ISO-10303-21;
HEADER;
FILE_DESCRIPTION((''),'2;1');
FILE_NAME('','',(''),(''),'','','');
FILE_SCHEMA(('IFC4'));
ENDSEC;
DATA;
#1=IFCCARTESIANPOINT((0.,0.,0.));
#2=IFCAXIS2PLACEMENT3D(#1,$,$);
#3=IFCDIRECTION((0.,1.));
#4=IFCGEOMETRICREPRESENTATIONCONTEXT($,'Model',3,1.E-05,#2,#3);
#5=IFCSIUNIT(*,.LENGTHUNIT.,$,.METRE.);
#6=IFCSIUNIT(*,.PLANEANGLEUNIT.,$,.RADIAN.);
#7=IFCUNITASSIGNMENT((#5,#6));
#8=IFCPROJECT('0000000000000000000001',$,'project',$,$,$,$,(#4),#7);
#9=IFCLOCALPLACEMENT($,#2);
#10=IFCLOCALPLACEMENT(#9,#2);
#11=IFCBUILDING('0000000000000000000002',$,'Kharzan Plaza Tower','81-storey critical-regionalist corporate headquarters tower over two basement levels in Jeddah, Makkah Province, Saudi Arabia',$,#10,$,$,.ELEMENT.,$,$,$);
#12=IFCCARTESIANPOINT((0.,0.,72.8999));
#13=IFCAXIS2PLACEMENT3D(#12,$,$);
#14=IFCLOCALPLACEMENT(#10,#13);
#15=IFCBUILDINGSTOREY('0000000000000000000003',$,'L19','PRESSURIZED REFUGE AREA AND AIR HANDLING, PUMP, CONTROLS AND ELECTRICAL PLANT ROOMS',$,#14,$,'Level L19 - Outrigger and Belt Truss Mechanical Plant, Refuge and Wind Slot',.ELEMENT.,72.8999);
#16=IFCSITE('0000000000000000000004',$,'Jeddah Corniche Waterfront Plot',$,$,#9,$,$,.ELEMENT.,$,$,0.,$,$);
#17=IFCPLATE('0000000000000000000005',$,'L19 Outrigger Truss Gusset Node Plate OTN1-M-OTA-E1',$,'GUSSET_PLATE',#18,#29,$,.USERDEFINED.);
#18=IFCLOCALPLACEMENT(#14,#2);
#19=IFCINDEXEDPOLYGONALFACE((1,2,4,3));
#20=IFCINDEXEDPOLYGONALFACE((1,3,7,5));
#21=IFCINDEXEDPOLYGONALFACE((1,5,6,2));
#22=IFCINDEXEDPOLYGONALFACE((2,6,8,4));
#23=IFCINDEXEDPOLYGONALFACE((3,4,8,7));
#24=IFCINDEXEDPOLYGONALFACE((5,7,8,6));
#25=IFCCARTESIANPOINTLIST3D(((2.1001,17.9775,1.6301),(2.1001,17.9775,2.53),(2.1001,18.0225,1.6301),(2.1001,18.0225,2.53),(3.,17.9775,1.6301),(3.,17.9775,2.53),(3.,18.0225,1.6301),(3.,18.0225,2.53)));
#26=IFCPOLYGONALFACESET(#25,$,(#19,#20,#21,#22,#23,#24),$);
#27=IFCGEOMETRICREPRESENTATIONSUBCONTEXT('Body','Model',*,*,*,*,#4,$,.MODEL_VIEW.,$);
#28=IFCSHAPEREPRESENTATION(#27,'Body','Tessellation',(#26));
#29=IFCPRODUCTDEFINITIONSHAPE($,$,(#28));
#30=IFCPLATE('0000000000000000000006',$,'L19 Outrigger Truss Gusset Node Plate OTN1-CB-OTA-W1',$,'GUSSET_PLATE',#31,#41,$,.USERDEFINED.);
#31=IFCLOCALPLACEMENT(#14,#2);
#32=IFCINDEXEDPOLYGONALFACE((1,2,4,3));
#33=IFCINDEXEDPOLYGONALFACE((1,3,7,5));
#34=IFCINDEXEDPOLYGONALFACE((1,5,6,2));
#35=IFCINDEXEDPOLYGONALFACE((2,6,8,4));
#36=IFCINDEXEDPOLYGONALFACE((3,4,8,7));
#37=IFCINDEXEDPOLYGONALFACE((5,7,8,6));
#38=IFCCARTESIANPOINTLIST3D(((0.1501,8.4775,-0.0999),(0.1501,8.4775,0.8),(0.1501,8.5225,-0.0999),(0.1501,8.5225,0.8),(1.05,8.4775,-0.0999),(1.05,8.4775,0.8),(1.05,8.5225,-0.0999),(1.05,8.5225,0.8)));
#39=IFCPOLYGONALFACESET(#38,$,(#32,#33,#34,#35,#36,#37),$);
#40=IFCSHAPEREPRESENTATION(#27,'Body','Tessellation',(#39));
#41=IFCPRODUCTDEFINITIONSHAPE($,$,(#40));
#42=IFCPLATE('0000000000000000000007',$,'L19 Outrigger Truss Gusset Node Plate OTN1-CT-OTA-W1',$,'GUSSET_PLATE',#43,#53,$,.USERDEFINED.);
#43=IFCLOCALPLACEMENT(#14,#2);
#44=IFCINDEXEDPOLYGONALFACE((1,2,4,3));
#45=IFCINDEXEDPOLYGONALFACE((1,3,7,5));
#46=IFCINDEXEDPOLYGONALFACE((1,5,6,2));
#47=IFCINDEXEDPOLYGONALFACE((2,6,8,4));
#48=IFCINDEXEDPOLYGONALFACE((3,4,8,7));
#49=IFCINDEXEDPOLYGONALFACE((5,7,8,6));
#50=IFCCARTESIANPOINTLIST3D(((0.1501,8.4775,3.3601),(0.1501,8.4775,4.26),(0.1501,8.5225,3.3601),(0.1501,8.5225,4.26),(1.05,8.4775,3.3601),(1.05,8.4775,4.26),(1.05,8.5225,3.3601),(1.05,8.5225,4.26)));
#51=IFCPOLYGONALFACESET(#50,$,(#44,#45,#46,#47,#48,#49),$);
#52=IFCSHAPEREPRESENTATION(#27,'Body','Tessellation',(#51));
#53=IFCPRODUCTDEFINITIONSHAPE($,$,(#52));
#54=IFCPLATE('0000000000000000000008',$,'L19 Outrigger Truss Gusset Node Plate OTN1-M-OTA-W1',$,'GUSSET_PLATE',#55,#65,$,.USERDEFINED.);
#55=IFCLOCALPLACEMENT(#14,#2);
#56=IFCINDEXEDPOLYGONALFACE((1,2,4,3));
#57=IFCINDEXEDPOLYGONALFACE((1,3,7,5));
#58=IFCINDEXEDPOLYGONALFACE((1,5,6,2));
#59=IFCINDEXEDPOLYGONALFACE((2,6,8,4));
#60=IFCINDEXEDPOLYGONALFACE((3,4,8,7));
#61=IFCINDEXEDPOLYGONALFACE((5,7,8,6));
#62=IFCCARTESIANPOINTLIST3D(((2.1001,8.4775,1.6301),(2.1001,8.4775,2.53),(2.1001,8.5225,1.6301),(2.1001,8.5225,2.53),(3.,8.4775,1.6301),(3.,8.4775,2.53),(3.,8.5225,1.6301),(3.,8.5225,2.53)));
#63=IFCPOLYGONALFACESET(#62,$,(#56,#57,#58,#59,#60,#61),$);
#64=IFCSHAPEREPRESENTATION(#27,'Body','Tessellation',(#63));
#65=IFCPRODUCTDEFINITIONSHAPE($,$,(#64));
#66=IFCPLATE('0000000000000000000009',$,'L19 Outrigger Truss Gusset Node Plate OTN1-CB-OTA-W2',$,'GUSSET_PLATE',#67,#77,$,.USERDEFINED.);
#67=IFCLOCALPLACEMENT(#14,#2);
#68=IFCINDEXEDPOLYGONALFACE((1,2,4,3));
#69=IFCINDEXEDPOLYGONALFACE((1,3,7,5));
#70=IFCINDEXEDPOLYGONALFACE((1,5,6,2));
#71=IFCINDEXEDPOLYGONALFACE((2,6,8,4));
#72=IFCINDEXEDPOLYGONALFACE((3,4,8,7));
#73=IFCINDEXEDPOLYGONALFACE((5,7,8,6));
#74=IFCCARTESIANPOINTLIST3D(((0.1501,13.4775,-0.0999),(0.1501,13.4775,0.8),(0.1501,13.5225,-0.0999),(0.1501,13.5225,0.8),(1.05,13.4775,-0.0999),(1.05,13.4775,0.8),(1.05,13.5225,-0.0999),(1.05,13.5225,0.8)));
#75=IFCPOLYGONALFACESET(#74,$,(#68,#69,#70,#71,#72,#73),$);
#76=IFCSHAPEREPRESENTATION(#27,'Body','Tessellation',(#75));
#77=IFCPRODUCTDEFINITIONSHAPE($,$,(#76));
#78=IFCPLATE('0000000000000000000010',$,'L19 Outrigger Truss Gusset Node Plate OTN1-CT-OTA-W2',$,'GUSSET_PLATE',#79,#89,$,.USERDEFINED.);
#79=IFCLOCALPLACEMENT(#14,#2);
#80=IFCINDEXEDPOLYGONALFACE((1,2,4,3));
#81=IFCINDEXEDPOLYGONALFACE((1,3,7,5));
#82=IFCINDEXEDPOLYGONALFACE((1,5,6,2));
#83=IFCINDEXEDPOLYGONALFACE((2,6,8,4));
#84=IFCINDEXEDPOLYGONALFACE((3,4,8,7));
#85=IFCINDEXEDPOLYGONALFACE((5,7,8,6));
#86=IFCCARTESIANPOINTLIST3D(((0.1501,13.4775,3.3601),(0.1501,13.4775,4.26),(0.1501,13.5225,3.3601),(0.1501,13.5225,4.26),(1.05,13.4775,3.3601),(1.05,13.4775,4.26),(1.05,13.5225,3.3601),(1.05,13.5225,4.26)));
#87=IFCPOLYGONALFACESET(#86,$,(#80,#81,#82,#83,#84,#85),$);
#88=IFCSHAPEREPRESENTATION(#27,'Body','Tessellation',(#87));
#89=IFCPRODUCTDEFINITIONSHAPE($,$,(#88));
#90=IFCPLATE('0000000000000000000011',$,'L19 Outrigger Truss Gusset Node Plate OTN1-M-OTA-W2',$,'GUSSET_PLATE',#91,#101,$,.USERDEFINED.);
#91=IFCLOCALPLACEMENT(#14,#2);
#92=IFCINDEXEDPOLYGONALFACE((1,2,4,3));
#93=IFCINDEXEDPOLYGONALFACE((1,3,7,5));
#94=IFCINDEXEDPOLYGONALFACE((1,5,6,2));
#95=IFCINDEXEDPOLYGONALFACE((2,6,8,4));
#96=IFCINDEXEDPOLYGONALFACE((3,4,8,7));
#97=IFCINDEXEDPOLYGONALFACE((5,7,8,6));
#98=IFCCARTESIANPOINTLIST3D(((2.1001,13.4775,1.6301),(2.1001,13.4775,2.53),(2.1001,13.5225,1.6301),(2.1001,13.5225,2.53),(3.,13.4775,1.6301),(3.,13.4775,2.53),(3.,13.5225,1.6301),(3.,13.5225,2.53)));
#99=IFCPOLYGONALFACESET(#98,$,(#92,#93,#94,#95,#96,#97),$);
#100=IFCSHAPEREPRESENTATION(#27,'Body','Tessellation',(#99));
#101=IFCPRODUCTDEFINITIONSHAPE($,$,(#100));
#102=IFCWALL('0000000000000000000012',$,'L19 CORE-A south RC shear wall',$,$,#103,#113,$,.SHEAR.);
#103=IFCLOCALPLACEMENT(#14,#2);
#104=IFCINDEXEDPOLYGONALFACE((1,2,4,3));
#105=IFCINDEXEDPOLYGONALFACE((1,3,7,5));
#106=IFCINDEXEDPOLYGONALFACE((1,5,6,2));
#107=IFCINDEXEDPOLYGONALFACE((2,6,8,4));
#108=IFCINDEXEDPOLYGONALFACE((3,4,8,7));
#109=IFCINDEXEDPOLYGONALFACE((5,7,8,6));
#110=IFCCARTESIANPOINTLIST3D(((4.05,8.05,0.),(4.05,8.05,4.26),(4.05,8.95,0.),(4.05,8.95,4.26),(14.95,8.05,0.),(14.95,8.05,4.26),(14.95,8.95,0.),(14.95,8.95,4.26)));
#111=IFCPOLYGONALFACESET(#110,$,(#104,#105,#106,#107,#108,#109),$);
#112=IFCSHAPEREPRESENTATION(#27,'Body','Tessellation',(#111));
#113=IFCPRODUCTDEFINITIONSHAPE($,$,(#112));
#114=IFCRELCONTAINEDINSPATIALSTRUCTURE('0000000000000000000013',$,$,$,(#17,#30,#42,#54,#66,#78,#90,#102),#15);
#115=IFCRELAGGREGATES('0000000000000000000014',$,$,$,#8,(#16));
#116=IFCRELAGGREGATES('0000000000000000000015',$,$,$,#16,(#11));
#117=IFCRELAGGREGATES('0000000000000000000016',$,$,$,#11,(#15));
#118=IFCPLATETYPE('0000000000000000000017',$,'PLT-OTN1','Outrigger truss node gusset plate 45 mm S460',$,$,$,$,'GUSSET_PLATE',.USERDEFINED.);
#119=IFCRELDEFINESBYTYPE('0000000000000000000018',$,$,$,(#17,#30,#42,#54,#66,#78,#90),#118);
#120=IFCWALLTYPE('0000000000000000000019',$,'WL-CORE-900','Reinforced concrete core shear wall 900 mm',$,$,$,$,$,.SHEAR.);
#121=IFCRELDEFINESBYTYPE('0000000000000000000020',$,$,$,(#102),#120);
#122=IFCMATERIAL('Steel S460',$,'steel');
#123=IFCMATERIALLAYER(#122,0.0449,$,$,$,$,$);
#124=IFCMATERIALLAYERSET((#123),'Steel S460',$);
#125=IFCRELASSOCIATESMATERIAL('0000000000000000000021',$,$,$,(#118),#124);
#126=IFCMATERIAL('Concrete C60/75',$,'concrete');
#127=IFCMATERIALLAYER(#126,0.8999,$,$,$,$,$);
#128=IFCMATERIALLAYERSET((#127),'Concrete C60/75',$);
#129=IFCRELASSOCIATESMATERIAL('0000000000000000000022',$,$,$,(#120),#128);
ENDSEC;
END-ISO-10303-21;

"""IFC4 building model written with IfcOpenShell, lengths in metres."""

from ifc_helpers import new_model, si_unit, direction, frame, frame_2d, origin, origin_2d, place, context, subcontext, project, spatial, rectangle, extrude, source, transform, mapped, material, layer, layer_set, type_object, element, save


model = new_model("IFC4")

# Units and contexts
model_context = context("Model", 3, precision=1e-05, world=origin(), true_north=direction((0.0, 1.0)))
body_context = subcontext(model_context, "Body", "Model", "MODEL_VIEW")
ifc_project = project(units=[si_unit("LENGTHUNIT", "METRE"), si_unit("PLANEANGLEUNIT", "RADIAN")], contexts=[model_context])

# Site, building, storey
site_placement = place(None, origin())
site = spatial("IfcSite", under=ifc_project, at=site_placement, Name="Jeddah Corniche Waterfront Plot", CompositionType="ELEMENT", RefElevation=0.0)
building_placement = place(site_placement, origin())
building = spatial("IfcBuilding", under=site, at=building_placement, Name="Kharzan Plaza Tower", Description="81-storey critical-regionalist corporate headquarters tower over two basement levels in Jeddah, Makkah Province, Saudi Arabia", CompositionType="ELEMENT")
storey_placement = place(building_placement, frame((0.0, 0.0, 72.8999)))
storey = spatial("IfcBuildingStorey", under=building, at=storey_placement, Name="L19", Description="PRESSURIZED REFUGE AREA AND AIR HANDLING, PUMP, CONTROLS AND ELECTRICAL PLANT ROOMS", LongName="Level L19 - Outrigger and Belt Truss Mechanical Plant, Refuge and Wind Slot", CompositionType="ELEMENT", Elevation=72.8999)

# Shared definitions
ifc_material_1 = material(Name="Concrete C60/75", Category="concrete")

# Plates
ifc_material_2 = material(Name="Steel S460", Category="steel")
ifc_layer_1 = layer(ifc_material_2, 0.0449)
ifc_layer_set_1 = layer_set([ifc_layer_1], Name="Steel S460")
plate_type_1 = type_object("IfcPlateType", Name="PLT-OTN1", Description="Outrigger truss node gusset plate 45 mm S460", ElementType="GUSSET_PLATE", PredefinedType="USERDEFINED", material=ifc_layer_set_1)
shared_shape_1 = source(origin(), body_context, "Body", "SweptSolid", [
    extrude(rectangle(XDim=0.8999, YDim=0.0449, at=origin_2d()), origin(), (0.0, 0.0, 1.0), 0.8999),
])
for number, where, z_axis, x_axis, name in (
    (1, (2.55, 18.0, 1.6301), (0.0, 0.0, 1.0), (-1.0, 0.0, 0.0), "L19 Outrigger Truss Gusset Node Plate OTN1-M-OTA-E1"),
    (2, (0.6001, 8.5, -0.0999), (0.0, 0.0, 1.0), (-1.0, 0.0, 0.0), "L19 Outrigger Truss Gusset Node Plate OTN1-CB-OTA-W1"),
    (3, (0.6001, 8.5, 3.3601), (0.0, 0.0, 1.0), (-1.0, 0.0, 0.0), "L19 Outrigger Truss Gusset Node Plate OTN1-CT-OTA-W1"),
    (4, (2.55, 8.5, 1.6301), (0.0, 0.0, 1.0), (-1.0, 0.0, 0.0), "L19 Outrigger Truss Gusset Node Plate OTN1-M-OTA-W1"),
    (5, (0.6001, 13.5, -0.0999), (0.0, 0.0, 1.0), (-1.0, 0.0, 0.0), "L19 Outrigger Truss Gusset Node Plate OTN1-CB-OTA-W2"),
    (6, (0.6001, 13.5, 3.3601), (0.0, 0.0, 1.0), (-1.0, 0.0, 0.0), "L19 Outrigger Truss Gusset Node Plate OTN1-CT-OTA-W2"),
    (7, (2.55, 13.5, 1.6301), (0.0, 0.0, 1.0), (-1.0, 0.0, 0.0), "L19 Outrigger Truss Gusset Node Plate OTN1-M-OTA-W2"),
):
    element("IfcPlate", number, at=place(storey_placement, frame(where, z_axis=z_axis, x_axis=x_axis)), inside=storey, type_object=plate_type_1, Name=name, ObjectType="GUSSET_PLATE", PredefinedType="USERDEFINED", context=body_context, shape_type="MappedRepresentation", body=[
        mapped(shared_shape_1, transform((0.0, 0.0, 0.0), x_axis=(1.0, 0.0, 0.0), y_axis=(0.0, 1.0, 0.0), z_axis=(0.0, 0.0, 1.0))),
    ])

# Wall
ifc_layer_2 = layer(ifc_material_1, 0.8999)
ifc_layer_set_2 = layer_set([ifc_layer_2], Name="Concrete C60/75")
wall_type = type_object("IfcWallType", Name="WL-CORE-900", Description="Reinforced concrete core shear wall 900 mm", PredefinedType="SHEAR", material=ifc_layer_set_2)
shared_shape_2 = source(origin(), body_context, "Body", "SweptSolid", [
    extrude(rectangle(XDim=10.8999, YDim=0.8999, at=frame_2d((5.45, 0.0))), origin(), (0.0, 0.0, 1.0), 4.26),
])
wall_placement = place(storey_placement, frame((4.05, 8.5, 0.0), z_axis=(0.0, 0.0, 1.0), x_axis=(1.0, 0.0, 0.0)))
element("IfcWall", 8, at=wall_placement, inside=storey, type_object=wall_type, Name="L19 CORE-A south RC shear wall", PredefinedType="SHEAR", context=body_context, shape_type="MappedRepresentation", body=[
    mapped(shared_shape_2, transform((0.0, 0.0, 0.0), x_axis=(1.0, 0.0, 0.0), y_axis=(0.0, 1.0, 0.0), z_axis=(0.0, 0.0, 1.0))),
])

save(model, "model.ifc")
